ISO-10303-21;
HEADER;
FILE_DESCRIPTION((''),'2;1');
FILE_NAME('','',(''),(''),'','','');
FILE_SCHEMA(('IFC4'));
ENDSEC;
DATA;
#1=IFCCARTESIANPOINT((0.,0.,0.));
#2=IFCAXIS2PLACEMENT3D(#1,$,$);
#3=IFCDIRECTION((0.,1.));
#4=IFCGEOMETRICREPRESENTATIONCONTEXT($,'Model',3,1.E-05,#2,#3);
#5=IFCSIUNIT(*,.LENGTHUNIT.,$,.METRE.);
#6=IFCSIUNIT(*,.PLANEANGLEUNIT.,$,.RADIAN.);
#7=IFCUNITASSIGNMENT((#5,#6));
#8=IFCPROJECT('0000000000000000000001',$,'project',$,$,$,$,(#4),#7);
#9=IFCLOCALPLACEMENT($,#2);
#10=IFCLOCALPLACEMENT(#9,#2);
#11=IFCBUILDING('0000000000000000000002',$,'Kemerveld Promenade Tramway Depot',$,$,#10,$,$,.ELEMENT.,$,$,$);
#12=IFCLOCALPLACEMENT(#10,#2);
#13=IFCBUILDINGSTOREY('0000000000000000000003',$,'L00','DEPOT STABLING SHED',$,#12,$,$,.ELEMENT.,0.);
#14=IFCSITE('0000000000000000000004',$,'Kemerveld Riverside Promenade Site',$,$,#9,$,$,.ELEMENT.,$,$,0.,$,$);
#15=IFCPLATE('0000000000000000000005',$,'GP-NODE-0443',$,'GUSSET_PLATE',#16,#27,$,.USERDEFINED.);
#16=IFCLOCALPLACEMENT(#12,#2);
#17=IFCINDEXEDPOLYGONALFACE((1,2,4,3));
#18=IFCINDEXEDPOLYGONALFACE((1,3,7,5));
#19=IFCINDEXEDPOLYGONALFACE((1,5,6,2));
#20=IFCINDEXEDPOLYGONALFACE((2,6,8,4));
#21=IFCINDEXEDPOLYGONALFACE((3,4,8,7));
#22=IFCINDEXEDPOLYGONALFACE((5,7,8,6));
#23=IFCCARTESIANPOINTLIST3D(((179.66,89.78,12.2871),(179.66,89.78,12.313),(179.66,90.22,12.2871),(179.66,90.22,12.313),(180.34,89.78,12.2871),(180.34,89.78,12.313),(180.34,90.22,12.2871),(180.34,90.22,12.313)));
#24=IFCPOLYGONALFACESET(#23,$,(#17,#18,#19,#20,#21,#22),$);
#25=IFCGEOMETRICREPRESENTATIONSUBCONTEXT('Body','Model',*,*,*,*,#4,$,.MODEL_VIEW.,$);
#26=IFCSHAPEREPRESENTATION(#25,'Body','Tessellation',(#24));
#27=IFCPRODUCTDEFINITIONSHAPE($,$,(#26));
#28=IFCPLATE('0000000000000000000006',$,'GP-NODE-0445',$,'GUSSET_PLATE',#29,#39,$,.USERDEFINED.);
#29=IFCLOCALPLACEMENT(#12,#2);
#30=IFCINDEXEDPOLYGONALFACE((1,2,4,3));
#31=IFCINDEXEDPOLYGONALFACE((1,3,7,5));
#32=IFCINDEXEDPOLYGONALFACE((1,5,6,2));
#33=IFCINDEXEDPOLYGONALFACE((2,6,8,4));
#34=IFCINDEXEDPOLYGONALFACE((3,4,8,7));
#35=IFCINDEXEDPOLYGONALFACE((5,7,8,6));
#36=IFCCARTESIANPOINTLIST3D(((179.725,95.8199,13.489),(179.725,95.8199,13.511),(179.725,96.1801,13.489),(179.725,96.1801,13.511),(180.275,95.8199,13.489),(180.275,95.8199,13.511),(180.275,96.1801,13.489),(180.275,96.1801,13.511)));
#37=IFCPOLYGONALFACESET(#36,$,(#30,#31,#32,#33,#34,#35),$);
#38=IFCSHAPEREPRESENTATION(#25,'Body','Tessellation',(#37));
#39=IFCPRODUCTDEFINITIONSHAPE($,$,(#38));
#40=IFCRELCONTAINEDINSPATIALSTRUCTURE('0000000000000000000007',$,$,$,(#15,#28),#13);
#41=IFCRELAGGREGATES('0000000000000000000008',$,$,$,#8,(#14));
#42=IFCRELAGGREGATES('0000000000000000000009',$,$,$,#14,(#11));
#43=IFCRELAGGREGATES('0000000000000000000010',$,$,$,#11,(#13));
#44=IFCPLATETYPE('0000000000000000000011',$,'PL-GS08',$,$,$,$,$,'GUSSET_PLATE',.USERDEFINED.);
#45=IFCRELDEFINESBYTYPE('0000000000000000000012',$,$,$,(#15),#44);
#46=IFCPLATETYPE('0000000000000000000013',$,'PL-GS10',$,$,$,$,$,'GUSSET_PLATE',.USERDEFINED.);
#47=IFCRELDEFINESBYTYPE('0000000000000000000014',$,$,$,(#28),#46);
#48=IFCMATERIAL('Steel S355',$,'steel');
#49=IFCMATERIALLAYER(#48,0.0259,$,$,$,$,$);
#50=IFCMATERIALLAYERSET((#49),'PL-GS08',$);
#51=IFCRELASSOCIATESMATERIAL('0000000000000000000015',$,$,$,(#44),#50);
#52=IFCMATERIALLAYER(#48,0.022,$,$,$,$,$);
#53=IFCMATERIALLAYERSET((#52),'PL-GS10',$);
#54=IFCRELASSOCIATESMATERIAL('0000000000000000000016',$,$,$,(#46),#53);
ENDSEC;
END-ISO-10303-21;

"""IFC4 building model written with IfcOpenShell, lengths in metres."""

from ifc_helpers import new_model, si_unit, direction, frame, origin, origin_2d, place, context, subcontext, project, spatial, rectangle, extrude, material, layer, layer_set, type_object, element, save


model = new_model("IFC4")

# Units and contexts
model_context = context("Model", 3, precision=1e-05, world=origin(), true_north=direction((0.0, 1.0)))
body_context = subcontext(model_context, "Body", "Model", "MODEL_VIEW")
ifc_project = project(units=[si_unit("LENGTHUNIT", "METRE"), si_unit("PLANEANGLEUNIT", "RADIAN")], contexts=[model_context])

# Site, building, storey
site_placement = place(None, origin())
site = spatial("IfcSite", under=ifc_project, at=site_placement, Name="Kemerveld Riverside Promenade Site", CompositionType="ELEMENT", RefElevation=0.0)
building_placement = place(site_placement, origin())
building = spatial("IfcBuilding", under=site, at=building_placement, Name="Kemerveld Promenade Tramway Depot", CompositionType="ELEMENT")
storey_placement = place(building_placement, origin())
storey = spatial("IfcBuildingStorey", under=building, at=storey_placement, Name="L00", Description="DEPOT STABLING SHED", CompositionType="ELEMENT", Elevation=0.0)

# Shared definitions
ifc_material_1 = material(Name="Steel S355", Category="steel")

# Plates
ifc_layer_1 = layer(ifc_material_1, 0.0259)
ifc_layer_set_1 = layer_set([ifc_layer_1], Name="PL-GS08")
plate_type_1 = type_object("IfcPlateType", Name="PL-GS08", ElementType="GUSSET_PLATE", PredefinedType="USERDEFINED", material=ifc_layer_set_1)
plate_1_placement = place(storey_placement, frame((180.0, 90.0, 12.2871), z_axis=(0.0, 0.0, 1.0), x_axis=(1.0, 0.0, 0.0)))
element("IfcPlate", 1, at=plate_1_placement, inside=storey, type_object=plate_type_1, Name="GP-NODE-0443", ObjectType="GUSSET_PLATE", PredefinedType="USERDEFINED", context=body_context, shape_type="SweptSolid", body=[
    extrude(rectangle(XDim=0.6799, YDim=0.4399, at=origin_2d()), origin(), (0.0, 0.0, 1.0), 0.0259),
])
ifc_layer_2 = layer(ifc_material_1, 0.022)
ifc_layer_set_2 = layer_set([ifc_layer_2], Name="PL-GS10")
plate_type_2 = type_object("IfcPlateType", Name="PL-GS10", ElementType="GUSSET_PLATE", PredefinedType="USERDEFINED", material=ifc_layer_set_2)
plate_2_placement = place(storey_placement, frame((180.0, 96.0, 13.489), z_axis=(0.0, 0.0, 1.0), x_axis=(1.0, 0.0, 0.0)))
element("IfcPlate", 2, at=plate_2_placement, inside=storey, type_object=plate_type_2, Name="GP-NODE-0445", ObjectType="GUSSET_PLATE", PredefinedType="USERDEFINED", context=body_context, shape_type="SweptSolid", body=[
    extrude(rectangle(XDim=0.55, YDim=0.3601, at=origin_2d()), origin(), (0.0, 0.0, 1.0), 0.022),
])

save(model, "model.ifc")
